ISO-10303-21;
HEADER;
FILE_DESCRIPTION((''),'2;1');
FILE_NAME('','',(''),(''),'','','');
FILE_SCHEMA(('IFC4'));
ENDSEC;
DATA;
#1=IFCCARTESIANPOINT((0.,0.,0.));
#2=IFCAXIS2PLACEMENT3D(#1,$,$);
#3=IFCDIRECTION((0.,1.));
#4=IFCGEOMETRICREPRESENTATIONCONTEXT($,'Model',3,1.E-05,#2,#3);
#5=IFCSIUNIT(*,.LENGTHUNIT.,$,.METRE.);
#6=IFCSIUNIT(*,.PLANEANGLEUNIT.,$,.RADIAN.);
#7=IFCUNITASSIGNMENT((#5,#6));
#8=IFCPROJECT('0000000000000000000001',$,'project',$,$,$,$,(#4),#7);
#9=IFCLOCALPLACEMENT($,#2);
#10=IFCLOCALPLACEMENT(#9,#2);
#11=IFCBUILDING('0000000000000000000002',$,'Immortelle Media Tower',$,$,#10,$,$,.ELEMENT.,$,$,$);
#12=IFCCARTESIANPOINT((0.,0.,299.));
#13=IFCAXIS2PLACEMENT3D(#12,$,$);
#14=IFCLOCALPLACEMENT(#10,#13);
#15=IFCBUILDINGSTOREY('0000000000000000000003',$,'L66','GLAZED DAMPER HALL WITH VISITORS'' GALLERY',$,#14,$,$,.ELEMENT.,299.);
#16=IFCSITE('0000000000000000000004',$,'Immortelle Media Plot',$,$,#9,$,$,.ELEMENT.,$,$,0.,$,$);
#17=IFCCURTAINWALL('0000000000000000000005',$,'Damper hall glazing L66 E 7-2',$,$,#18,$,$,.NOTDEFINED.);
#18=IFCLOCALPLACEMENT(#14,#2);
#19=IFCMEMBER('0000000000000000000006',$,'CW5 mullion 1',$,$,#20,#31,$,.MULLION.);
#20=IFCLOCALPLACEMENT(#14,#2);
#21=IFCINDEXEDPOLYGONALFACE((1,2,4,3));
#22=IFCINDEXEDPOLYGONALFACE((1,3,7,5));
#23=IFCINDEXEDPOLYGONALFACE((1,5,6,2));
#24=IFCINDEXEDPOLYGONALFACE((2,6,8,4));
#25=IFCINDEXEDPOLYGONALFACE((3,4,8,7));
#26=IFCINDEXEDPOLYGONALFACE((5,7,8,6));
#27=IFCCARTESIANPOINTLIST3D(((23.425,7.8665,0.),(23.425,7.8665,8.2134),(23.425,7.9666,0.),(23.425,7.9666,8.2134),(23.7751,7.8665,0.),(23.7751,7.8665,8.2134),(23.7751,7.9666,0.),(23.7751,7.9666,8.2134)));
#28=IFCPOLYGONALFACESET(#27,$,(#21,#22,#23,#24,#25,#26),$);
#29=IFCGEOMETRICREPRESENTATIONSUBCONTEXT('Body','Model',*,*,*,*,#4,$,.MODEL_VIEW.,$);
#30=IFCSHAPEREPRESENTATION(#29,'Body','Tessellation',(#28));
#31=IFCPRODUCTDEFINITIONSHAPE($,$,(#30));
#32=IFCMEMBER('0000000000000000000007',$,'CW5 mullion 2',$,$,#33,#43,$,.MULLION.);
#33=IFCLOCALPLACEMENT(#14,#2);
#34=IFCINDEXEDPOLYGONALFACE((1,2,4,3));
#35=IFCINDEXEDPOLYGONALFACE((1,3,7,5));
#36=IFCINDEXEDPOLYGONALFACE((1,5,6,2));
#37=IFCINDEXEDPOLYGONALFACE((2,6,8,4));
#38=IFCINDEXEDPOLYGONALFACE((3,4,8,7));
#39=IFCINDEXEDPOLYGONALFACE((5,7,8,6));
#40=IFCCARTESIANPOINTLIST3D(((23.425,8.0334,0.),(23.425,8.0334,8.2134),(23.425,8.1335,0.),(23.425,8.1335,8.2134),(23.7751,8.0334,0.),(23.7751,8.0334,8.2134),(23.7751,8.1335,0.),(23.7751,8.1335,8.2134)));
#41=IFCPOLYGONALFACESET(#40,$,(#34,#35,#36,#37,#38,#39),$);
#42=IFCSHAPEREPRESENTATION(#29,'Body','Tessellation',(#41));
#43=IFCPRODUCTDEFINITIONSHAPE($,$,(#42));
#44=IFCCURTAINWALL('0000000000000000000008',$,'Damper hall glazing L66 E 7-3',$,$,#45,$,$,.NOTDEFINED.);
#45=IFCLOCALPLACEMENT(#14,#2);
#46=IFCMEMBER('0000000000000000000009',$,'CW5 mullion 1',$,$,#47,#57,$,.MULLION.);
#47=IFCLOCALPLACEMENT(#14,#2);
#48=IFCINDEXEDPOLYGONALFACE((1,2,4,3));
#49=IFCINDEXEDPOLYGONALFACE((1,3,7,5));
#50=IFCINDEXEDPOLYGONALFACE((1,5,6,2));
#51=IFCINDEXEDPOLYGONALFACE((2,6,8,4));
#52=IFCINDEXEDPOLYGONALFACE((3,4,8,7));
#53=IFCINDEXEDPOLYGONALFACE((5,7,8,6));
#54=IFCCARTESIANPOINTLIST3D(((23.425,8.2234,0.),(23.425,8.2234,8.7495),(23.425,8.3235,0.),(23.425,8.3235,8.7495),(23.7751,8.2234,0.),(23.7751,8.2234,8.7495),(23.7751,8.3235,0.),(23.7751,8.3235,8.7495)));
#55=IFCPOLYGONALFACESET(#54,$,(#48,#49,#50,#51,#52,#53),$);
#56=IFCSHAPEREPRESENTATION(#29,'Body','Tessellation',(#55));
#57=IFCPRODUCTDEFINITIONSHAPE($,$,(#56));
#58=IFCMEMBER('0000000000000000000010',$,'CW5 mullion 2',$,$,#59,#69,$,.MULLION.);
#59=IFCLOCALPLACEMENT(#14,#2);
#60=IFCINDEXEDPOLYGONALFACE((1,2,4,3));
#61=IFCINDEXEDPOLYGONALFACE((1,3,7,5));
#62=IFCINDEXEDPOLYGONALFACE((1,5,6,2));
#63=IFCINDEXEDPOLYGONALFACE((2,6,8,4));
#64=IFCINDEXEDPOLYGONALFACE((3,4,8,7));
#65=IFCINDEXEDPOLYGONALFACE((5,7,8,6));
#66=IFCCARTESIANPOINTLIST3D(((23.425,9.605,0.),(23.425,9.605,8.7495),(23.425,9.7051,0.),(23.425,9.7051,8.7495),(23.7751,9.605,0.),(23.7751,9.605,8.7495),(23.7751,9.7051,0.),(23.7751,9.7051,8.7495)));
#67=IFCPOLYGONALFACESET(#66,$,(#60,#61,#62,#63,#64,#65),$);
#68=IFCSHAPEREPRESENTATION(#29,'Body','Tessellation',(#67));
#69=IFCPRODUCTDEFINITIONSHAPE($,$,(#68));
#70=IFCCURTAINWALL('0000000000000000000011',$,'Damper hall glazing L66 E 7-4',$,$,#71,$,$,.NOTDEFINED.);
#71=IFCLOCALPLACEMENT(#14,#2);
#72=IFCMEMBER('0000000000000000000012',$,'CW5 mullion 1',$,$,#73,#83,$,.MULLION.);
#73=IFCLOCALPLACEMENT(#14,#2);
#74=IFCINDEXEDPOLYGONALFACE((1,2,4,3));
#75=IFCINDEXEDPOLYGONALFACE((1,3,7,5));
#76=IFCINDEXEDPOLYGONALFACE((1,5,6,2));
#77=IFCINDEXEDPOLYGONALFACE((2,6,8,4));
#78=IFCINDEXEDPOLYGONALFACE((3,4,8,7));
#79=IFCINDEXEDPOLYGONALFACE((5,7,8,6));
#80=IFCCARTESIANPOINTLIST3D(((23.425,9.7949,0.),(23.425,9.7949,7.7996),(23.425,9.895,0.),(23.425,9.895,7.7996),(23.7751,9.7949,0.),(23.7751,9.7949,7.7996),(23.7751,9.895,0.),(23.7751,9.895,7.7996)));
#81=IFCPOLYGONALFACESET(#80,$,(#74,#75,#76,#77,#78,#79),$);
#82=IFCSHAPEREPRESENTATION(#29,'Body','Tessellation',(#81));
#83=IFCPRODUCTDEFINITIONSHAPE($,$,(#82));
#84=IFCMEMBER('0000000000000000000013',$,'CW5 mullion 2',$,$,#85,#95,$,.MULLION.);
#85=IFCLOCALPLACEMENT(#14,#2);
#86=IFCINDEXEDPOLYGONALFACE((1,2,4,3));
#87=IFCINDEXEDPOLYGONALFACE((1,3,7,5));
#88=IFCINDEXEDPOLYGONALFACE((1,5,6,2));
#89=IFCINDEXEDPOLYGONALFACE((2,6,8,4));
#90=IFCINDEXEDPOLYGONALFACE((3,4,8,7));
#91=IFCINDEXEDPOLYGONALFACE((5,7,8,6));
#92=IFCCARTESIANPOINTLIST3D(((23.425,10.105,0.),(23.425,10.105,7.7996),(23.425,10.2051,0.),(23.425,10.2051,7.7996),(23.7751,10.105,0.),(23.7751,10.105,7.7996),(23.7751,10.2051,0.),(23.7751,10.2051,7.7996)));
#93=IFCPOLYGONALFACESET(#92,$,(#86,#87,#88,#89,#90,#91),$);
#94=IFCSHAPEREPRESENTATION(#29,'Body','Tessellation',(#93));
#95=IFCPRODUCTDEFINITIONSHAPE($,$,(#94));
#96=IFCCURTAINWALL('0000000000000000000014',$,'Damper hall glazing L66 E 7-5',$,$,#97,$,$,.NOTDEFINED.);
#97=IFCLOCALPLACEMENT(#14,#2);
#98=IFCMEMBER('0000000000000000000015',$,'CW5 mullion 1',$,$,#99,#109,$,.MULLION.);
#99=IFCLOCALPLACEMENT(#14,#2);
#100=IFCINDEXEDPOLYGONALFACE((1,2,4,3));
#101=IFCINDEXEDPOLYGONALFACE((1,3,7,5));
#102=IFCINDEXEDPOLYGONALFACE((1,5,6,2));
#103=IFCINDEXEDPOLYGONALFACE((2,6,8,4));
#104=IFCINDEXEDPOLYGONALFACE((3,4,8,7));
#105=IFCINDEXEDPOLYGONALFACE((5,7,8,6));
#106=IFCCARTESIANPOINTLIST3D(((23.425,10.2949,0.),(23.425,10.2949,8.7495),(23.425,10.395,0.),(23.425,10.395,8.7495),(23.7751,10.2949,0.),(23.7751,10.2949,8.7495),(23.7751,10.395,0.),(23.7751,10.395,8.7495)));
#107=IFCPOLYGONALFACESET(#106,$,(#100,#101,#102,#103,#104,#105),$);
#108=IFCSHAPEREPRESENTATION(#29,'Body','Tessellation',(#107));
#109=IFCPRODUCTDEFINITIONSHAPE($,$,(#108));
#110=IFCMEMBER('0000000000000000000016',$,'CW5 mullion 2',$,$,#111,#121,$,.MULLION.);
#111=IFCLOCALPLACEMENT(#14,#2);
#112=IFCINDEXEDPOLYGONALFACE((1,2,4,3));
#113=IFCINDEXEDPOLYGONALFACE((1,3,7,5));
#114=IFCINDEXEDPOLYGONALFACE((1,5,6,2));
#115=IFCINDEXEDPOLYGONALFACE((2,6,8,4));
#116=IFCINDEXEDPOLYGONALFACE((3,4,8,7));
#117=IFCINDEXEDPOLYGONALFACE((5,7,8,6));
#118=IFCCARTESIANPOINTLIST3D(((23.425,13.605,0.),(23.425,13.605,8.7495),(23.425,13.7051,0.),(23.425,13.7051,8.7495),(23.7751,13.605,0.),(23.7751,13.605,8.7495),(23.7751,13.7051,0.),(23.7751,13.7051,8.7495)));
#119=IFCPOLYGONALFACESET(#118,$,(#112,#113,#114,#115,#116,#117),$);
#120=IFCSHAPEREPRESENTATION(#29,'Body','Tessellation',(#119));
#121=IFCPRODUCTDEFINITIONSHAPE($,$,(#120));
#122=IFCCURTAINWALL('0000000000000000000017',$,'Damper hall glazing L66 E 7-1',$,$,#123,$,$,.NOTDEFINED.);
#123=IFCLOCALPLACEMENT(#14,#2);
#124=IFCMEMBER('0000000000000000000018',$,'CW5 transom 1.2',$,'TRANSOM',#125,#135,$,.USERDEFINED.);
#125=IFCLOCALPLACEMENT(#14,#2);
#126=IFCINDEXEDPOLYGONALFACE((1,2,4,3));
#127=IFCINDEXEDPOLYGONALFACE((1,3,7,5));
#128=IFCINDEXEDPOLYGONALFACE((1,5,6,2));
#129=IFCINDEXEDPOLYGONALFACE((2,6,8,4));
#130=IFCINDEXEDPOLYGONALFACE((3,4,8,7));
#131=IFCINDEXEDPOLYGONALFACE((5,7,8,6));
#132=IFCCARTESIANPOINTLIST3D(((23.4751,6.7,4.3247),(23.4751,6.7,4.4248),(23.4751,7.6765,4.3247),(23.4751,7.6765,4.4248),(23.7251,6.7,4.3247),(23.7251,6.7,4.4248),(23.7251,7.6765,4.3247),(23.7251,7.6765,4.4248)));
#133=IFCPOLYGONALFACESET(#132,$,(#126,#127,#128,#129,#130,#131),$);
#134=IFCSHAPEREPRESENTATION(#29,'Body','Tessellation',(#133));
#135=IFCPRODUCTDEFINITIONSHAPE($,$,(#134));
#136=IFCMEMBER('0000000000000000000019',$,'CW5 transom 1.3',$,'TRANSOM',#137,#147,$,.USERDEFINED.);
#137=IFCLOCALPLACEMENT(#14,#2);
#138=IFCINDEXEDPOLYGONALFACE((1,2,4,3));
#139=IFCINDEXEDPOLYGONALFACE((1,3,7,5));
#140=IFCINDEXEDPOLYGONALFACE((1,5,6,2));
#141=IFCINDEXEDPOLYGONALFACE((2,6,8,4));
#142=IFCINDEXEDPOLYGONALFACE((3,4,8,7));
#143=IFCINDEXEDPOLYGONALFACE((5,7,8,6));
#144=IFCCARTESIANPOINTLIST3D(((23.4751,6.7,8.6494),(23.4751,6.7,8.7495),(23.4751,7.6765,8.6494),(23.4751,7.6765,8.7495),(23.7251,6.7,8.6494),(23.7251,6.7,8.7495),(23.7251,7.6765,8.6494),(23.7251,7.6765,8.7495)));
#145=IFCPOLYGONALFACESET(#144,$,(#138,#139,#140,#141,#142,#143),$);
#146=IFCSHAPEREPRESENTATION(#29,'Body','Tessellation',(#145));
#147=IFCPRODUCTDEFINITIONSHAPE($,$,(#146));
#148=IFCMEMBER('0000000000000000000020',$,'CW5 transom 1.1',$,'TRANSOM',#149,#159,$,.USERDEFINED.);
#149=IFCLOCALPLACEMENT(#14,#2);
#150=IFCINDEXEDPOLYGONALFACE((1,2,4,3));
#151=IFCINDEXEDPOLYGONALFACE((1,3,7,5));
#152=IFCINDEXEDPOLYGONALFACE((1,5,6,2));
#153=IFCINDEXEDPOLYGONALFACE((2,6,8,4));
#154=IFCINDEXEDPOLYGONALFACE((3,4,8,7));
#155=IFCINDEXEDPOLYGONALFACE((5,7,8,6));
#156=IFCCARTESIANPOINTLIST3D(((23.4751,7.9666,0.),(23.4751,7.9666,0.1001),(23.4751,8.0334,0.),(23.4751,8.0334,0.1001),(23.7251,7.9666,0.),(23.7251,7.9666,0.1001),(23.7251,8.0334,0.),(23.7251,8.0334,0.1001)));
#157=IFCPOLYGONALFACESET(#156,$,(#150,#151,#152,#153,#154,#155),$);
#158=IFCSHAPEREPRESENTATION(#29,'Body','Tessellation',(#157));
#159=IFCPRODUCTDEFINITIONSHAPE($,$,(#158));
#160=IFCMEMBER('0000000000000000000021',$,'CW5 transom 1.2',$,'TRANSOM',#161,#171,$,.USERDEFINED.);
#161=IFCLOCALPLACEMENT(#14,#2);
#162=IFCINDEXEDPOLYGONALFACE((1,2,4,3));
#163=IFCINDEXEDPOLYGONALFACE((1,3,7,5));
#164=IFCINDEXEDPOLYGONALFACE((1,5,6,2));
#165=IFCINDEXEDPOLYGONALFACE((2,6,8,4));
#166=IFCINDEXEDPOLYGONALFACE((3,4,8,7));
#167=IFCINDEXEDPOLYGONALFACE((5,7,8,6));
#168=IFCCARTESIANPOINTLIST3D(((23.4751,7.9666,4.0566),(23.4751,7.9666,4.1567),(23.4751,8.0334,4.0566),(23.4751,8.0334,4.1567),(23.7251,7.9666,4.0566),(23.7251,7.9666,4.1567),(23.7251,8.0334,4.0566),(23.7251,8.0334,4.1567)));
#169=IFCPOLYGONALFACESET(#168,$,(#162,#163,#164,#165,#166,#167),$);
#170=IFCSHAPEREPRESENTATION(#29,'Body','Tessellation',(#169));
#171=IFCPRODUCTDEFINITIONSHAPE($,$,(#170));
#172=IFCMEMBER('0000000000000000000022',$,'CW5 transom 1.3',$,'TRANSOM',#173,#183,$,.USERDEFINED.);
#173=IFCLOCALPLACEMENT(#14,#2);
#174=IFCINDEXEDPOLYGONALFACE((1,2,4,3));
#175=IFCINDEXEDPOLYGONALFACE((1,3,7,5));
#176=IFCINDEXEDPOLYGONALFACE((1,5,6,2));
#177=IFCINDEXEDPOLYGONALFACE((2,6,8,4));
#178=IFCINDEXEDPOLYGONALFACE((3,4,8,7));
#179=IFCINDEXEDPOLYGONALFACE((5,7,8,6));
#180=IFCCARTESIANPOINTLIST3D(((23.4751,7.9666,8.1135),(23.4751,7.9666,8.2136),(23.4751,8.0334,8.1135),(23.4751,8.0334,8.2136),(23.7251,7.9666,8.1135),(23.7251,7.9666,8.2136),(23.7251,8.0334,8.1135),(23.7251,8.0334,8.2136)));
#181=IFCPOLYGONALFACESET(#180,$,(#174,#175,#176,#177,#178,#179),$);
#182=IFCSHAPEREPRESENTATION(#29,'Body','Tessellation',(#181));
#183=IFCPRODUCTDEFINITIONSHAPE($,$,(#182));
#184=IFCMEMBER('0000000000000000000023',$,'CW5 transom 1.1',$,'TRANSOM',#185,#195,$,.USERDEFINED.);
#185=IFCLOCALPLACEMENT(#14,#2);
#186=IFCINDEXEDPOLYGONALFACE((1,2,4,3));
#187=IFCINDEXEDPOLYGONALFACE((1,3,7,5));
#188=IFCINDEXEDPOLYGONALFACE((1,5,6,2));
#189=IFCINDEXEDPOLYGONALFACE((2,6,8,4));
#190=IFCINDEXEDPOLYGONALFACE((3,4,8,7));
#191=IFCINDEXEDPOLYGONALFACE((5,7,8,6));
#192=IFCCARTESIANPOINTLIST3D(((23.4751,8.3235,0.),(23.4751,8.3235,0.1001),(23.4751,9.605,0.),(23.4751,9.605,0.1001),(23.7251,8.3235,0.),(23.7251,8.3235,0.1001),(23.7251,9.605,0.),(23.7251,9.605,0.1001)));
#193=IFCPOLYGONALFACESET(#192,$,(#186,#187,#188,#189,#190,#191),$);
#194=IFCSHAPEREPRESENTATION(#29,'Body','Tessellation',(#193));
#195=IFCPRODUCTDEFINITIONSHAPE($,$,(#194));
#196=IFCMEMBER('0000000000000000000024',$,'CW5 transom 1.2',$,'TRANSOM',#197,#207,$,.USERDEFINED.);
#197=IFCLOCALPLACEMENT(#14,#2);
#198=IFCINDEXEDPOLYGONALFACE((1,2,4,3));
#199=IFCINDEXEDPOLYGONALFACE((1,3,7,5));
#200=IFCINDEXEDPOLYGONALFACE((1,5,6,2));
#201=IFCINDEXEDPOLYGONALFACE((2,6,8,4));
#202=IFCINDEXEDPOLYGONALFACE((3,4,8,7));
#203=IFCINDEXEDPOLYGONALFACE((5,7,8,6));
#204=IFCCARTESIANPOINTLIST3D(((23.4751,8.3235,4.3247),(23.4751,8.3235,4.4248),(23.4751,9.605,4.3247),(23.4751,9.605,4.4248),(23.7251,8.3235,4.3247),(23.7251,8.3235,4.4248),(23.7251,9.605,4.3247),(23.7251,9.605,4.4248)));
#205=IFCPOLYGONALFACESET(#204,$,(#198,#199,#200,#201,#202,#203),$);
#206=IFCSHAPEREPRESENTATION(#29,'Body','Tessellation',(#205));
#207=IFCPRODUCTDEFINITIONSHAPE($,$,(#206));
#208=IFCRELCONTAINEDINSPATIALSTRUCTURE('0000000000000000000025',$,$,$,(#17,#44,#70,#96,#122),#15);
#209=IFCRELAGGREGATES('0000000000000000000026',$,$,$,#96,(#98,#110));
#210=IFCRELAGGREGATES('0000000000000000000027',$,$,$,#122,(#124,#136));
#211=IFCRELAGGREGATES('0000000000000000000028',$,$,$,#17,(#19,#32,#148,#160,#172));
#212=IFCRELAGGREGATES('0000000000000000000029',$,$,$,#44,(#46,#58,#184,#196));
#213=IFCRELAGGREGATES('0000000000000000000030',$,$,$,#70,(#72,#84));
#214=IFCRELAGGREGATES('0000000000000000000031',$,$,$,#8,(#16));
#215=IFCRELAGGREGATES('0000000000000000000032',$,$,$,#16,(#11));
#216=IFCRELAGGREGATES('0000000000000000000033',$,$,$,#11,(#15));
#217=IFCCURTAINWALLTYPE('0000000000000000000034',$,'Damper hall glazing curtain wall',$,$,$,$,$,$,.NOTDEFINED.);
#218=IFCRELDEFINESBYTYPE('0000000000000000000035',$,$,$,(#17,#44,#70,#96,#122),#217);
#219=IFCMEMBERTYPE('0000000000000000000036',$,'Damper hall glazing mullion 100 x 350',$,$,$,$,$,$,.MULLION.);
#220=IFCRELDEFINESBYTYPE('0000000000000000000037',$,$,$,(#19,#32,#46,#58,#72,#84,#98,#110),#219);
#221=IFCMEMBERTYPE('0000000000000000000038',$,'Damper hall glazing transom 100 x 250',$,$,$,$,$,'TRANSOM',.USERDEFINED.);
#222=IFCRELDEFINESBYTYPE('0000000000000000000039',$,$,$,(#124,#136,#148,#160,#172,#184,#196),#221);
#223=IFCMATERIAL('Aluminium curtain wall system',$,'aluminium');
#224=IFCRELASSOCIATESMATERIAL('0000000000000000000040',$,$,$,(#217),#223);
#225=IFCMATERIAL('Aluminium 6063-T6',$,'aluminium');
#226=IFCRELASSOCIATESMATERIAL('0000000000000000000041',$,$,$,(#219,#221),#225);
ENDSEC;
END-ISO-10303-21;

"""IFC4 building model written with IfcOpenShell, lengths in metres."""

from ifc_helpers import new_model, si_unit, direction, frame, origin, origin_2d, place, context, subcontext, project, spatial, rectangle, extrude, material, material_profile, profile_set, type_object, element, aggregate, save


model = new_model("IFC4")

# Units and contexts
model_context = context("Model", 3, precision=1e-05, world=origin(), true_north=direction((0.0, 1.0)))
body_context = subcontext(model_context, "Body", "Model", "MODEL_VIEW")
ifc_project = project(units=[si_unit("LENGTHUNIT", "METRE"), si_unit("PLANEANGLEUNIT", "RADIAN")], contexts=[model_context])

# Site, building, storey
site_placement = place(None, origin())
site = spatial("IfcSite", under=ifc_project, at=site_placement, Name="Immortelle Media Plot", CompositionType="ELEMENT", RefElevation=0.0)
building_placement = place(site_placement, origin())
building = spatial("IfcBuilding", under=site, at=building_placement, Name="Immortelle Media Tower", CompositionType="ELEMENT")
storey_placement = place(building_placement, frame((0.0, 0.0, 299.0)))
storey = spatial("IfcBuildingStorey", under=building, at=storey_placement, Name="L66", Description="GLAZED DAMPER HALL WITH VISITORS' GALLERY", CompositionType="ELEMENT", Elevation=299.0)

# Curtain walls, members
ifc_material_1 = material(Name="Aluminium curtain wall system", Category="aluminium")
curtain_wall_type = type_object("IfcCurtainWallType", Name="Damper hall glazing curtain wall", PredefinedType="NOTDEFINED", material=ifc_material_1)
curtain_wall_1_placement = place(storey_placement, origin())
curtain_wall_1 = element("IfcCurtainWall", 1, at=curtain_wall_1_placement, inside=storey, type_object=curtain_wall_type, Name="Damper hall glazing L66 E 7-2", PredefinedType="NOTDEFINED")
ifc_material_2 = material(Name="Aluminium 6063-T6", Category="aluminium")
ifc_material_profile_1 = material_profile(ifc_material_2, rectangle(XDim=0.3501, YDim=0.1001, at=origin_2d()), Name="AL 100x350")
ifc_profile_set_1 = profile_set([ifc_material_profile_1], Name="Aluminium 6063-T6")
member_type_1 = type_object("IfcMemberType", Name="Damper hall glazing mullion 100 x 350", PredefinedType="MULLION", material=ifc_profile_set_1)
member_1_placement = place(storey_placement, frame((23.6001, 7.9165, 0.0), z_axis=(0.0, 0.0, 1.0), x_axis=(-1.0, 0.0, 0.0)))
member_1 = element("IfcMember", 2, at=member_1_placement, type_object=member_type_1, Name="CW5 mullion 1", PredefinedType="MULLION", context=body_context, shape_type="SweptSolid", body=[
    extrude(rectangle(XDim=0.3501, YDim=0.1001, at=origin_2d()), origin(), (0.0, 0.0, 1.0), 8.2134),
])
member_2_placement = place(storey_placement, frame((23.6001, 8.0835, 0.0), z_axis=(0.0, 0.0, 1.0), x_axis=(-1.0, 0.0, 0.0)))
member_2 = element("IfcMember", 3, at=member_2_placement, type_object=member_type_1, Name="CW5 mullion 2", PredefinedType="MULLION", context=body_context, shape_type="SweptSolid", body=[
    extrude(rectangle(XDim=0.3501, YDim=0.1001, at=origin_2d()), origin(), (0.0, 0.0, 1.0), 8.2134),
])
curtain_wall_2_placement = place(storey_placement, origin())
curtain_wall_2 = element("IfcCurtainWall", 4, at=curtain_wall_2_placement, inside=storey, type_object=curtain_wall_type, Name="Damper hall glazing L66 E 7-3", PredefinedType="NOTDEFINED")
member_3_placement = place(storey_placement, frame((23.6001, 8.2734, 0.0), z_axis=(0.0, 0.0, 1.0), x_axis=(-1.0, 0.0, 0.0)))
member_3 = element("IfcMember", 5, at=member_3_placement, type_object=member_type_1, Name="CW5 mullion 1", PredefinedType="MULLION", context=body_context, shape_type="SweptSolid", body=[
    extrude(rectangle(XDim=0.3501, YDim=0.1001, at=origin_2d()), origin(), (0.0, 0.0, 1.0), 8.7495),
])
member_4_placement = place(storey_placement, frame((23.6001, 9.655, 0.0), z_axis=(0.0, 0.0, 1.0), x_axis=(-1.0, 0.0, 0.0)))
member_4 = element("IfcMember", 6, at=member_4_placement, type_object=member_type_1, Name="CW5 mullion 2", PredefinedType="MULLION", context=body_context, shape_type="SweptSolid", body=[
    extrude(rectangle(XDim=0.3501, YDim=0.1001, at=origin_2d()), origin(), (0.0, 0.0, 1.0), 8.7495),
])
curtain_wall_3_placement = place(storey_placement, origin())
curtain_wall_3 = element("IfcCurtainWall", 7, at=curtain_wall_3_placement, inside=storey, type_object=curtain_wall_type, Name="Damper hall glazing L66 E 7-4", PredefinedType="NOTDEFINED")
member_5_placement = place(storey_placement, frame((23.6001, 9.845, 0.0), z_axis=(0.0, 0.0, 1.0), x_axis=(-1.0, 0.0, 0.0)))
member_5 = element("IfcMember", 8, at=member_5_placement, type_object=member_type_1, Name="CW5 mullion 1", PredefinedType="MULLION", context=body_context, shape_type="SweptSolid", body=[
    extrude(rectangle(XDim=0.3501, YDim=0.1001, at=origin_2d()), origin(), (0.0, 0.0, 1.0), 7.7996),
])
member_6_placement = place(storey_placement, frame((23.6001, 10.155, 0.0), z_axis=(0.0, 0.0, 1.0), x_axis=(-1.0, 0.0, 0.0)))
member_6 = element("IfcMember", 9, at=member_6_placement, type_object=member_type_1, Name="CW5 mullion 2", PredefinedType="MULLION", context=body_context, shape_type="SweptSolid", body=[
    extrude(rectangle(XDim=0.3501, YDim=0.1001, at=origin_2d()), origin(), (0.0, 0.0, 1.0), 7.7996),
])
curtain_wall_4_placement = place(storey_placement, origin())
curtain_wall_4 = element("IfcCurtainWall", 10, at=curtain_wall_4_placement, inside=storey, type_object=curtain_wall_type, Name="Damper hall glazing L66 E 7-5", PredefinedType="NOTDEFINED")
member_7_placement = place(storey_placement, frame((23.6001, 10.345, 0.0), z_axis=(0.0, 0.0, 1.0), x_axis=(-1.0, 0.0, 0.0)))
member_7 = element("IfcMember", 11, at=member_7_placement, type_object=member_type_1, Name="CW5 mullion 1", PredefinedType="MULLION", context=body_context, shape_type="SweptSolid", body=[
    extrude(rectangle(XDim=0.3501, YDim=0.1001, at=origin_2d()), origin(), (0.0, 0.0, 1.0), 8.7495),
])
member_8_placement = place(storey_placement, frame((23.6001, 13.655, 0.0), z_axis=(0.0, 0.0, 1.0), x_axis=(-1.0, 0.0, 0.0)))
member_8 = element("IfcMember", 12, at=member_8_placement, type_object=member_type_1, Name="CW5 mullion 2", PredefinedType="MULLION", context=body_context, shape_type="SweptSolid", body=[
    extrude(rectangle(XDim=0.3501, YDim=0.1001, at=origin_2d()), origin(), (0.0, 0.0, 1.0), 8.7495),
])
curtain_wall_5_placement = place(storey_placement, origin())
curtain_wall_5 = element("IfcCurtainWall", 13, at=curtain_wall_5_placement, inside=storey, type_object=curtain_wall_type, Name="Damper hall glazing L66 E 7-1", PredefinedType="NOTDEFINED")
ifc_material_profile_2 = material_profile(ifc_material_2, rectangle(XDim=0.25, YDim=0.1001, at=origin_2d()), Name="AL 100x250")
ifc_profile_set_2 = profile_set([ifc_material_profile_2], Name="Aluminium 6063-T6")
member_type_2 = type_object("IfcMemberType", Name="Damper hall glazing transom 100 x 250", ElementType="TRANSOM", PredefinedType="USERDEFINED", material=ifc_profile_set_2)
member_9_placement = place(storey_placement, frame((23.6001, 6.7, 4.3748), z_axis=(0.0, 1.0, 0.0), x_axis=(-1.0, 0.0, 0.0)))
member_9 = element("IfcMember", 14, at=member_9_placement, type_object=member_type_2, Name="CW5 transom 1.2", ObjectType="TRANSOM", PredefinedType="USERDEFINED", context=body_context, shape_type="SweptSolid", body=[
    extrude(rectangle(XDim=0.25, YDim=0.1001, at=origin_2d()), origin(), (0.0, 0.0, 1.0), 0.9766),
])
member_10_placement = place(storey_placement, frame((23.6001, 6.7, 8.6995), z_axis=(0.0, 1.0, 0.0), x_axis=(-1.0, 0.0, 0.0)))
member_10 = element("IfcMember", 15, at=member_10_placement, type_object=member_type_2, Name="CW5 transom 1.3", ObjectType="TRANSOM", PredefinedType="USERDEFINED", context=body_context, shape_type="SweptSolid", body=[
    extrude(rectangle(XDim=0.25, YDim=0.1001, at=origin_2d()), origin(), (0.0, 0.0, 1.0), 0.9766),
])

# Members
member_11_placement = place(storey_placement, frame((23.6001, 7.9666, 0.05), z_axis=(0.0, 1.0, 0.0), x_axis=(-1.0, 0.0, 0.0)))
member_11 = element("IfcMember", 16, at=member_11_placement, type_object=member_type_2, Name="CW5 transom 1.1", ObjectType="TRANSOM", PredefinedType="USERDEFINED", context=body_context, shape_type="SweptSolid", body=[
    extrude(rectangle(XDim=0.25, YDim=0.1001, at=origin_2d()), origin(), (0.0, 0.0, 1.0), 0.0669),
])
member_12_placement = place(storey_placement, frame((23.6001, 7.9666, 4.1067), z_axis=(0.0, 1.0, 0.0), x_axis=(-1.0, 0.0, 0.0)))
member_12 = element("IfcMember", 17, at=member_12_placement, type_object=member_type_2, Name="CW5 transom 1.2", ObjectType="TRANSOM", PredefinedType="USERDEFINED", context=body_context, shape_type="SweptSolid", body=[
    extrude(rectangle(XDim=0.25, YDim=0.1001, at=origin_2d()), origin(), (0.0, 0.0, 1.0), 0.0669),
])
member_13_placement = place(storey_placement, frame((23.6001, 7.9666, 8.1636), z_axis=(0.0, 1.0, 0.0), x_axis=(-1.0, 0.0, 0.0)))
member_13 = element("IfcMember", 18, at=member_13_placement, type_object=member_type_2, Name="CW5 transom 1.3", ObjectType="TRANSOM", PredefinedType="USERDEFINED", context=body_context, shape_type="SweptSolid", body=[
    extrude(rectangle(XDim=0.25, YDim=0.1001, at=origin_2d()), origin(), (0.0, 0.0, 1.0), 0.0669),
])
member_14_placement = place(storey_placement, frame((23.6001, 8.3235, 0.05), z_axis=(0.0, 1.0, 0.0), x_axis=(-1.0, 0.0, 0.0)))
member_14 = element("IfcMember", 19, at=member_14_placement, type_object=member_type_2, Name="CW5 transom 1.1", ObjectType="TRANSOM", PredefinedType="USERDEFINED", context=body_context, shape_type="SweptSolid", body=[
    extrude(rectangle(XDim=0.25, YDim=0.1001, at=origin_2d()), origin(), (0.0, 0.0, 1.0), 1.2815),
])
member_15_placement = place(storey_placement, frame((23.6001, 8.3235, 4.3748), z_axis=(0.0, 1.0, 0.0), x_axis=(-1.0, 0.0, 0.0)))
member_15 = element("IfcMember", 20, at=member_15_placement, type_object=member_type_2, Name="CW5 transom 1.2", ObjectType="TRANSOM", PredefinedType="USERDEFINED", context=body_context, shape_type="SweptSolid", body=[
    extrude(rectangle(XDim=0.25, YDim=0.1001, at=origin_2d()), origin(), (0.0, 0.0, 1.0), 1.2815),
])
aggregate(curtain_wall_4, [member_7, member_8])

aggregate(curtain_wall_5, [member_9, member_10])
aggregate(curtain_wall_1, [member_1, member_2, member_11, member_12, member_13])
aggregate(curtain_wall_2, [member_3, member_4, member_14, member_15])
aggregate(curtain_wall_3, [member_5, member_6])

save(model, "model.ifc")
